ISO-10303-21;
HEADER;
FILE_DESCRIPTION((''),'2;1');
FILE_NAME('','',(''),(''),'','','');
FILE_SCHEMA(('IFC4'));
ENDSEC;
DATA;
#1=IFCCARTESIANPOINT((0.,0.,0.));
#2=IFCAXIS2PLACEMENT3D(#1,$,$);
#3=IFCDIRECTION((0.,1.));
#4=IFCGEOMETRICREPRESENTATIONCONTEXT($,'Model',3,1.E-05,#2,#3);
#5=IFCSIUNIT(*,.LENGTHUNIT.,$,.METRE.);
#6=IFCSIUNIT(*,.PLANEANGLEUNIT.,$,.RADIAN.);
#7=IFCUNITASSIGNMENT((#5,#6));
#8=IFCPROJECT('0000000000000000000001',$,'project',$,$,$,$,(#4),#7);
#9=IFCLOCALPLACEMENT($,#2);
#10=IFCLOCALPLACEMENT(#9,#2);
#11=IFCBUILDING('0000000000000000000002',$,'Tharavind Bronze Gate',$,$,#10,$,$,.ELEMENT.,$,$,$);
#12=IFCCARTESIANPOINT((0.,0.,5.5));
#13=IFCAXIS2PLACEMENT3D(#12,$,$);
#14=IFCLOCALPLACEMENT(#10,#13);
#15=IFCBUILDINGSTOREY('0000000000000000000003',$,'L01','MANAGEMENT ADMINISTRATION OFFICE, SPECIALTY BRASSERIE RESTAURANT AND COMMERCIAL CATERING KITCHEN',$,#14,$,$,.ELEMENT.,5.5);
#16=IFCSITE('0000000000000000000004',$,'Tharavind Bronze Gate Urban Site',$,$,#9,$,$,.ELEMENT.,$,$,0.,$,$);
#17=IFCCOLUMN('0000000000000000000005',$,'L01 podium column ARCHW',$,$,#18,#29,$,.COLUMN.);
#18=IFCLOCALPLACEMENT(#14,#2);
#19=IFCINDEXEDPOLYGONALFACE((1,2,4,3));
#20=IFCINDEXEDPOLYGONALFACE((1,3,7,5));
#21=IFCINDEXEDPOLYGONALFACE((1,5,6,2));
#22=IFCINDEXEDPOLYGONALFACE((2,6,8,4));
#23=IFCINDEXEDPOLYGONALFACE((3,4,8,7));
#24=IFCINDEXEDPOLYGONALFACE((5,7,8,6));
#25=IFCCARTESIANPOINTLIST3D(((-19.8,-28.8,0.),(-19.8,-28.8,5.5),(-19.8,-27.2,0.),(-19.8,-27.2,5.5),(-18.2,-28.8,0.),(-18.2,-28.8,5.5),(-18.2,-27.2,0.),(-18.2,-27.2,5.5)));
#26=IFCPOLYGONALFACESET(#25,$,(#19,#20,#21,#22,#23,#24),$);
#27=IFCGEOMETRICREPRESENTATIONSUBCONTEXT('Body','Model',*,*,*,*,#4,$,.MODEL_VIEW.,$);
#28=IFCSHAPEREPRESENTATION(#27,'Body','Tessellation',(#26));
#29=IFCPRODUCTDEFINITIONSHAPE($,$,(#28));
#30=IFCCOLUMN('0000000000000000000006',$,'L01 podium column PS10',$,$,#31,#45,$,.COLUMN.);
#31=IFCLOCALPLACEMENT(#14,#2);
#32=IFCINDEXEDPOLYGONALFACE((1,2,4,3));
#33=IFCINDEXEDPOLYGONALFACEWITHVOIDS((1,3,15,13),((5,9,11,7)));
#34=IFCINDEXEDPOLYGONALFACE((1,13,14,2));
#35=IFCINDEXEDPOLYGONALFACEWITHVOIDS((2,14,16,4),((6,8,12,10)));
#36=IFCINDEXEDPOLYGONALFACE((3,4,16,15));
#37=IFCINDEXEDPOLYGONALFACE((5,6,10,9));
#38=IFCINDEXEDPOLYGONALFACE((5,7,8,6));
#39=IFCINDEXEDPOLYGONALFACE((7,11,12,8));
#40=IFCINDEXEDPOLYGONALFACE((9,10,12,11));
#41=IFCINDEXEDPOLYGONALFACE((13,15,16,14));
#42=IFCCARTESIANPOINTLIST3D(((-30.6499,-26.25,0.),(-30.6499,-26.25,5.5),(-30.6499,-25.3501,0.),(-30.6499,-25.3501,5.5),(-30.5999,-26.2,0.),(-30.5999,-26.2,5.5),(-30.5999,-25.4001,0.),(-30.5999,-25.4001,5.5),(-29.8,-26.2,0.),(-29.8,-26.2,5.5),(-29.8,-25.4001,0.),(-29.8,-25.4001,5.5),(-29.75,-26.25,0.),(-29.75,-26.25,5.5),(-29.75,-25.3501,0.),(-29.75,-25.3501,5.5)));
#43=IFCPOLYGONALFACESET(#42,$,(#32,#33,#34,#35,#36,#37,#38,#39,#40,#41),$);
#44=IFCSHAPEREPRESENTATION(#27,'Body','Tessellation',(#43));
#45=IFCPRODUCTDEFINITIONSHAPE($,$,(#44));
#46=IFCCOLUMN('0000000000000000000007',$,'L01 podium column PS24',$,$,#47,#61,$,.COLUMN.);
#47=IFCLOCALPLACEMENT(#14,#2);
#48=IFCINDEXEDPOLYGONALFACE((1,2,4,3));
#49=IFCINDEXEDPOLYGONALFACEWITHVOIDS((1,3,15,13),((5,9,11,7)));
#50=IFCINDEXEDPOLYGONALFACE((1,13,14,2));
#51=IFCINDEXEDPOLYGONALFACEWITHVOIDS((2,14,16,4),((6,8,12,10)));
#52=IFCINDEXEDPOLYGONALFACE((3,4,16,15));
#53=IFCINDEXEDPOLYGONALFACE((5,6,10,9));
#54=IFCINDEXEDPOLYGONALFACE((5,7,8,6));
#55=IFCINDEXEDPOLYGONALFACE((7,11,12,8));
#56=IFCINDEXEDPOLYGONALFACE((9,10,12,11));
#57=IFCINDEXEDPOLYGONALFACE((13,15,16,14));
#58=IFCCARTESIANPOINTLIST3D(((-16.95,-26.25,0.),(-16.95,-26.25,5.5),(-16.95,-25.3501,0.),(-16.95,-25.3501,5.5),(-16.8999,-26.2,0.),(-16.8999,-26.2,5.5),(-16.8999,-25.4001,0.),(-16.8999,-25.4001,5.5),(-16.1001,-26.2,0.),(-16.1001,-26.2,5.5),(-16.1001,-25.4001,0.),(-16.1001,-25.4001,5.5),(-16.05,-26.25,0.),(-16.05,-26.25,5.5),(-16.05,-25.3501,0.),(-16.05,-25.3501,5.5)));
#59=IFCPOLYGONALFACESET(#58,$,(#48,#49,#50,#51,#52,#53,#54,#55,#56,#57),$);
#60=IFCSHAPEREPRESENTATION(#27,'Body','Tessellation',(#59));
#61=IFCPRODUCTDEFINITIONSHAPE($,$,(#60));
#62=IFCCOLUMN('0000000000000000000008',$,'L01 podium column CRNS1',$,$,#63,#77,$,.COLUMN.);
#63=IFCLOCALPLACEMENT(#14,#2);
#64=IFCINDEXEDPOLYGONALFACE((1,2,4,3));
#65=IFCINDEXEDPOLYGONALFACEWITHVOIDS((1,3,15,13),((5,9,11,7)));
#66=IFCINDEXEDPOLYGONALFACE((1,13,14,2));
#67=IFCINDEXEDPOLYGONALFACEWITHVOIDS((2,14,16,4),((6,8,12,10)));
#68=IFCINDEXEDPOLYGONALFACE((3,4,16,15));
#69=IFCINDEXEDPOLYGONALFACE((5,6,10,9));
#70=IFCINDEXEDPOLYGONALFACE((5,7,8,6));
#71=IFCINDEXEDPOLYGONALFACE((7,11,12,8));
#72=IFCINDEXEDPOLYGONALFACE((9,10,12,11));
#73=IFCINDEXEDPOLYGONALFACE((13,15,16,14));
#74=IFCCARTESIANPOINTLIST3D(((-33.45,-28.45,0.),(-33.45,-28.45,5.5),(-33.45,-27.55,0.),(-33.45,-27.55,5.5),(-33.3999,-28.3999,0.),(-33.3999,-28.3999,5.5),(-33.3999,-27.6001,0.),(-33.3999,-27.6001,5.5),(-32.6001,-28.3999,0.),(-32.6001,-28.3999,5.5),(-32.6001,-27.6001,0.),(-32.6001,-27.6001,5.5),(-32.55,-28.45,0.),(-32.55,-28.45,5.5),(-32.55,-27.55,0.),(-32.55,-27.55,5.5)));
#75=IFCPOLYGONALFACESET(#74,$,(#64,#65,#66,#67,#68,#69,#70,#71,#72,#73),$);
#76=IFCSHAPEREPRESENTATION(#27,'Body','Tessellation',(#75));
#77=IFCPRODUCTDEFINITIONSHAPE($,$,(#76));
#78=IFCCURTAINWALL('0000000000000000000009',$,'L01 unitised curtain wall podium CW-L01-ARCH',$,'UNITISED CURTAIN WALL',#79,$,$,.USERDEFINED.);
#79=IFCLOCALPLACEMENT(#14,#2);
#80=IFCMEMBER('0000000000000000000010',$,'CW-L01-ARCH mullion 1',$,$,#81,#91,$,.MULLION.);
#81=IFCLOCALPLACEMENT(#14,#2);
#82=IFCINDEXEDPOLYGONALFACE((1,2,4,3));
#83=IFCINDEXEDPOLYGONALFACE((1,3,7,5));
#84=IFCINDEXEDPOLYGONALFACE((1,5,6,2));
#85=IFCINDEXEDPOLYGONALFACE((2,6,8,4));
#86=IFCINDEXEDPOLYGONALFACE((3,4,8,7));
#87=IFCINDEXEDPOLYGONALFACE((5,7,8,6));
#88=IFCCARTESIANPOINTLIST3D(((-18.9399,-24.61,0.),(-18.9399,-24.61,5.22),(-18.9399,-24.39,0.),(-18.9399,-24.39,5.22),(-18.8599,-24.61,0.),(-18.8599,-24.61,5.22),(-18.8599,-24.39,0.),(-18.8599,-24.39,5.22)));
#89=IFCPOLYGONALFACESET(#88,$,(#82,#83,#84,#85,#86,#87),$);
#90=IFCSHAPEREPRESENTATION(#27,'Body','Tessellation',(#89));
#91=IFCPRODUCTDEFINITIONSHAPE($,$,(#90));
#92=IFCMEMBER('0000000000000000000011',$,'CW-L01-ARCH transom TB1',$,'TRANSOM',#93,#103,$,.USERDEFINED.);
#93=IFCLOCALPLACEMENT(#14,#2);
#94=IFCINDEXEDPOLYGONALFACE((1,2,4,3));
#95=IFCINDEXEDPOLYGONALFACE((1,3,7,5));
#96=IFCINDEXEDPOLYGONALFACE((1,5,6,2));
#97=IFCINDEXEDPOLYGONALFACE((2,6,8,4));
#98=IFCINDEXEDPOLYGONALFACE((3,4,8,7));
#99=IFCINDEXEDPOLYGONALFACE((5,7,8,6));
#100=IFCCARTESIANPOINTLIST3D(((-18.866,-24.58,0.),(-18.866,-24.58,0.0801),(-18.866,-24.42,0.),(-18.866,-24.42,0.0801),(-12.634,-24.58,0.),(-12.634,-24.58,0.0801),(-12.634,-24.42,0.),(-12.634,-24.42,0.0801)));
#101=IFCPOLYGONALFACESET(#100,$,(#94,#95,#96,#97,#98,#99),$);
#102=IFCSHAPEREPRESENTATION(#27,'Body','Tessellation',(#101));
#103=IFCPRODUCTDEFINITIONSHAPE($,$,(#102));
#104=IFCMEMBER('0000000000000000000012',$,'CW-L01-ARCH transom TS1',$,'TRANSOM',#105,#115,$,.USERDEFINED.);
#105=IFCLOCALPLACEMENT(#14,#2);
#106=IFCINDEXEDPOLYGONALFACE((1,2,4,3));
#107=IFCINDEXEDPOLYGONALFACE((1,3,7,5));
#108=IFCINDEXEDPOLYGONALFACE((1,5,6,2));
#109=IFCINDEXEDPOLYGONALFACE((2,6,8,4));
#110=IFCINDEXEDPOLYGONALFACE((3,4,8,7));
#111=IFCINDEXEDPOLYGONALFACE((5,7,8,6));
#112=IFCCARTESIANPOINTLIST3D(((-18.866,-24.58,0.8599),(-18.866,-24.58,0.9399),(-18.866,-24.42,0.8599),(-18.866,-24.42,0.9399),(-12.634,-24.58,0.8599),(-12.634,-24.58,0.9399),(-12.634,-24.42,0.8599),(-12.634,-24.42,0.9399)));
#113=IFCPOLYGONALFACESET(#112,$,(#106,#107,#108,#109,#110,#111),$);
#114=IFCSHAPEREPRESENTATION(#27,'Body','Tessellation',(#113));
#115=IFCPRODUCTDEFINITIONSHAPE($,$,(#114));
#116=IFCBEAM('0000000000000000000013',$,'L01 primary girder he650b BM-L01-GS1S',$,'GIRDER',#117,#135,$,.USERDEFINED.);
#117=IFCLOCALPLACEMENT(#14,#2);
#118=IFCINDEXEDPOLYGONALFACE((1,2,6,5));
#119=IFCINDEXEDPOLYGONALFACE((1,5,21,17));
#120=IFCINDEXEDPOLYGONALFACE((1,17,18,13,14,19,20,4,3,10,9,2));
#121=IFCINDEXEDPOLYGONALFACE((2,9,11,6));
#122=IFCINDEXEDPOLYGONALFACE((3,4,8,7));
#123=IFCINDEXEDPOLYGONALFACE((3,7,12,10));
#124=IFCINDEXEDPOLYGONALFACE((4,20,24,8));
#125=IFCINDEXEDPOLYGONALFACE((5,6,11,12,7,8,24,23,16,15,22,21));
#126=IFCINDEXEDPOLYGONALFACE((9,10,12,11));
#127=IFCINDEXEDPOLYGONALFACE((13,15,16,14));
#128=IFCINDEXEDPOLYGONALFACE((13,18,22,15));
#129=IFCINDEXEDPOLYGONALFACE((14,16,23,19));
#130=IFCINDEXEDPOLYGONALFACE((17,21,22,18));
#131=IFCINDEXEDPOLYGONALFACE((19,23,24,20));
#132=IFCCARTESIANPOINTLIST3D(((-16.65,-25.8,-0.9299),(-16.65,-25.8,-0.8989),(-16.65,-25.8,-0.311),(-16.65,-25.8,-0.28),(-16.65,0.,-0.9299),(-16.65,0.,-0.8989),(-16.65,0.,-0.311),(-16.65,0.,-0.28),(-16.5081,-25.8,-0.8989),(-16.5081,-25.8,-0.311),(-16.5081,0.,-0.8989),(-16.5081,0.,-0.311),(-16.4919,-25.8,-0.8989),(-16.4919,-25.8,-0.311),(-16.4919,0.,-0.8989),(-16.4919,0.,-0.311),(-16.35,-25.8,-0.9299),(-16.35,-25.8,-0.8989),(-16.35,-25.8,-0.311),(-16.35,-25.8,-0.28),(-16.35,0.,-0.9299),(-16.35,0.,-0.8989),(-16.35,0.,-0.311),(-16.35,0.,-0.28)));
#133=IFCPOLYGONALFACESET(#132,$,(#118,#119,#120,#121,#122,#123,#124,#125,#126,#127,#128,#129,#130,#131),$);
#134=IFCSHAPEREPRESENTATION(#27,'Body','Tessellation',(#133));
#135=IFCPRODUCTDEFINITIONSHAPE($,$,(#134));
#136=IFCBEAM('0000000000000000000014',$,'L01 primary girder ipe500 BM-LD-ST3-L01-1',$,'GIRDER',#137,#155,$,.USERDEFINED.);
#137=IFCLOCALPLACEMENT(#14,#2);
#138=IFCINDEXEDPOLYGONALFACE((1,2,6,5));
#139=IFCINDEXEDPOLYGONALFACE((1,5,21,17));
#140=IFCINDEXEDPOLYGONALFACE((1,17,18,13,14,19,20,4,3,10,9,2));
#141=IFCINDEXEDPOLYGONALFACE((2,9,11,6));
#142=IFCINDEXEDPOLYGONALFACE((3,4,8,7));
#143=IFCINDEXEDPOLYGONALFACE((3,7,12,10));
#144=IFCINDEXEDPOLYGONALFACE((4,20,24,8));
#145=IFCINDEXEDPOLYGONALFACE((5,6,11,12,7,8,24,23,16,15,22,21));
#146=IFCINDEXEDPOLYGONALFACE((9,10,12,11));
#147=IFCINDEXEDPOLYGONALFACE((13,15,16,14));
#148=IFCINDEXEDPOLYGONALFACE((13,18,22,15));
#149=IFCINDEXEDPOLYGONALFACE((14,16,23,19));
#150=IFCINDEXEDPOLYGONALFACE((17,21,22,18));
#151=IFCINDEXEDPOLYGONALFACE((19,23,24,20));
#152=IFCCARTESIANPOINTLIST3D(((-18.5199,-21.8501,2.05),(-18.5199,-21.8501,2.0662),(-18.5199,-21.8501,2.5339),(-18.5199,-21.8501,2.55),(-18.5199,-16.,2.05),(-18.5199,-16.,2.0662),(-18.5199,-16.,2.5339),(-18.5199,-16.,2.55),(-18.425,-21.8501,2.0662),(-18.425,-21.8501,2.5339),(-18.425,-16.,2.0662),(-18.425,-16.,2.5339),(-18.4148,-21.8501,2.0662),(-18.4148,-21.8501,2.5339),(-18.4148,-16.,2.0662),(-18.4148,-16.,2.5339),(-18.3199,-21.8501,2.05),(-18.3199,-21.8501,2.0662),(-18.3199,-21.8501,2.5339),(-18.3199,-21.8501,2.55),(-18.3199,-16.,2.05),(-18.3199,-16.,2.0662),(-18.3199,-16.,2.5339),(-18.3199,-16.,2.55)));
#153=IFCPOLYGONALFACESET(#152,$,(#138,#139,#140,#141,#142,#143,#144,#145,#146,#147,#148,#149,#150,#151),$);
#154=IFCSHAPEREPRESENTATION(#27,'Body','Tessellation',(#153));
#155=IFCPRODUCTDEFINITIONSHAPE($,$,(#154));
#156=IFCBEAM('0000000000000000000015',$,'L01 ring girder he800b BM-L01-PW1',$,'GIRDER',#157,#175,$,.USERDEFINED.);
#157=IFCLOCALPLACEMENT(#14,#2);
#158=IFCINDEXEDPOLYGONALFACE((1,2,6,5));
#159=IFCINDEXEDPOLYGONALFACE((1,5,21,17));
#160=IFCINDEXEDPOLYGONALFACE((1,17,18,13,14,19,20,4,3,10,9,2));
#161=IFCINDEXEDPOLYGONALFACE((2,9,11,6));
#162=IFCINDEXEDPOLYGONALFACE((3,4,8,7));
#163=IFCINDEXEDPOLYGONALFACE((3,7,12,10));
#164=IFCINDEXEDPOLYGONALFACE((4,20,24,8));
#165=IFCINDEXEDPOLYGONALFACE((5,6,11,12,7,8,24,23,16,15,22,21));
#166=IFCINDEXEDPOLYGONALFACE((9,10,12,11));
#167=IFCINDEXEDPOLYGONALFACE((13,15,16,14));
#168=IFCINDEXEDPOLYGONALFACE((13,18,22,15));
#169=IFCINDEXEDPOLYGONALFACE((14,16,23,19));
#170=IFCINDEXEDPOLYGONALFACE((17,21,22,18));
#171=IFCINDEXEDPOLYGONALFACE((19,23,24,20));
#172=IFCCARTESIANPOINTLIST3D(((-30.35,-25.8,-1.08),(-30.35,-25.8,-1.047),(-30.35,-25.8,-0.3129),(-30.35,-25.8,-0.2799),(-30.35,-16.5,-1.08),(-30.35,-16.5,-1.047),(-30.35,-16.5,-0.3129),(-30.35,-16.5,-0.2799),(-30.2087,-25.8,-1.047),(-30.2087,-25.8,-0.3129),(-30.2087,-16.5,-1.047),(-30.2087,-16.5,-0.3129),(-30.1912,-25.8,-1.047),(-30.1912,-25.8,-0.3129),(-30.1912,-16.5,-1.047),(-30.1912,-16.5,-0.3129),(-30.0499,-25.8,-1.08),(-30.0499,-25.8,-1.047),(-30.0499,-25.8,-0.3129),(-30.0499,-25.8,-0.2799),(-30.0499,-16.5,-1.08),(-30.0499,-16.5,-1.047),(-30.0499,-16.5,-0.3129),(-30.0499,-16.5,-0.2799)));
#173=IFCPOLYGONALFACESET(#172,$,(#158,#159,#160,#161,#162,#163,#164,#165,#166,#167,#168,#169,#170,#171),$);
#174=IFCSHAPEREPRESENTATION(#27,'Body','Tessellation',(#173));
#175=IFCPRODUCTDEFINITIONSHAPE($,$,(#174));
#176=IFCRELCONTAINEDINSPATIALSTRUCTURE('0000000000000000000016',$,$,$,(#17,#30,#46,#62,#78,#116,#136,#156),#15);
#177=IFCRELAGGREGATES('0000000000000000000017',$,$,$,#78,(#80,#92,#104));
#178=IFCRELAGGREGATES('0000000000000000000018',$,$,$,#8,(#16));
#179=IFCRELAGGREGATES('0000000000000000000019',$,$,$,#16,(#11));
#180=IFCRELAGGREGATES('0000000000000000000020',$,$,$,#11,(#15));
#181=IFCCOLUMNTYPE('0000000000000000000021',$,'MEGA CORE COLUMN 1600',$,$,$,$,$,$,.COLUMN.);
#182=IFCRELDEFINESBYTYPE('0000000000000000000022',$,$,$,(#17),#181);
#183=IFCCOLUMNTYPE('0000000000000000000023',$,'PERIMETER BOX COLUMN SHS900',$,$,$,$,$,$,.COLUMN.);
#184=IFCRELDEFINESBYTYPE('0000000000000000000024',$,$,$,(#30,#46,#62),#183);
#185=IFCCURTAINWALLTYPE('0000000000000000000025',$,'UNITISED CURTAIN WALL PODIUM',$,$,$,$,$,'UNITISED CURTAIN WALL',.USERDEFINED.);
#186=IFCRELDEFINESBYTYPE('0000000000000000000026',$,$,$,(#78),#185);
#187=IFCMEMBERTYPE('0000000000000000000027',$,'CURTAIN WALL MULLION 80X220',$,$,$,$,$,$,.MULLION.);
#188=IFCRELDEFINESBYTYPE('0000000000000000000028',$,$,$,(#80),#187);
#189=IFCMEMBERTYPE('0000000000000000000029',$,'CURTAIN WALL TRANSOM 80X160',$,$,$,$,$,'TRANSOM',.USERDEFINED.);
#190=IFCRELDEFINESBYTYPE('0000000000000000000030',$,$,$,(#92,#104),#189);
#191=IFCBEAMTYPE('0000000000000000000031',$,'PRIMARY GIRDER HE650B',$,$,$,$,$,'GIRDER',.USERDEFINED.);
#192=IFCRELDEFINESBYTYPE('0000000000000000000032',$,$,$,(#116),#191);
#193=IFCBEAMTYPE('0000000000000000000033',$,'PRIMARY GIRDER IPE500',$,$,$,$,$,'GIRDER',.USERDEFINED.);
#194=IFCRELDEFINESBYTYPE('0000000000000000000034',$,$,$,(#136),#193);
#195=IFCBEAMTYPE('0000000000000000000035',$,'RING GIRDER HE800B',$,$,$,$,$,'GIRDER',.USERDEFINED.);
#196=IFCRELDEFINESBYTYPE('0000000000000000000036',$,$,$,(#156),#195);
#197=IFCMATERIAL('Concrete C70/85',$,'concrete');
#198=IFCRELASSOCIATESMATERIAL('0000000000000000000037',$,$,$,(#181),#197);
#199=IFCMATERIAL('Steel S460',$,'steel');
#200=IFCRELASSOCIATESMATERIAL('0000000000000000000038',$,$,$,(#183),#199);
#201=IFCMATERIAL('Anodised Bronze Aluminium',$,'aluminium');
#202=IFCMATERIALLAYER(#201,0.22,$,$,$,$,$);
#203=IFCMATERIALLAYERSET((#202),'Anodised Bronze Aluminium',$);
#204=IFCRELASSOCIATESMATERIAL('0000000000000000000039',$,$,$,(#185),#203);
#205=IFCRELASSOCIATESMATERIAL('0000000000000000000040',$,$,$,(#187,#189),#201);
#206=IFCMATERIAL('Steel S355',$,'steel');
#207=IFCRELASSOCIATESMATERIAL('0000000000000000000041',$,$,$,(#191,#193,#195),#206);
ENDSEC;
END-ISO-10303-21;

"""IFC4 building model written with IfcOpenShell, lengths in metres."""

from ifc_helpers import new_model, si_unit, direction, frame, origin, origin_2d, place, context, subcontext, project, spatial, rectangle, hollow_rectangle, i_section, extrude, material, layer, layer_set, material_profile, profile_set, type_object, element, aggregate, save


model = new_model("IFC4")

# Units and contexts
model_context = context("Model", 3, precision=1e-05, world=origin(), true_north=direction((0.0, 1.0)))
body_context = subcontext(model_context, "Body", "Model", "MODEL_VIEW")
ifc_project = project(units=[si_unit("LENGTHUNIT", "METRE"), si_unit("PLANEANGLEUNIT", "RADIAN")], contexts=[model_context])

# Site, building, storey
site_placement = place(None, origin())
site = spatial("IfcSite", under=ifc_project, at=site_placement, Name="Tharavind Bronze Gate Urban Site", CompositionType="ELEMENT", RefElevation=0.0)
building_placement = place(site_placement, origin())
building = spatial("IfcBuilding", under=site, at=building_placement, Name="Tharavind Bronze Gate", CompositionType="ELEMENT")
storey_placement = place(building_placement, frame((0.0, 0.0, 5.5)))
storey = spatial("IfcBuildingStorey", under=building, at=storey_placement, Name="L01", Description="MANAGEMENT ADMINISTRATION OFFICE, SPECIALTY BRASSERIE RESTAURANT AND COMMERCIAL CATERING KITCHEN", CompositionType="ELEMENT", Elevation=5.5)

# Columns
ifc_material_1 = material(Name="Concrete C70/85", Category="concrete")
ifc_material_profile_1 = material_profile(ifc_material_1, rectangle(XDim=1.6001, YDim=1.6001, at=origin_2d()), Name="RCCOL1600")
ifc_profile_set_1 = profile_set([ifc_material_profile_1], Name="Concrete C70/85")
column_type_1 = type_object("IfcColumnType", Name="MEGA CORE COLUMN 1600", PredefinedType="COLUMN", material=ifc_profile_set_1)
column_placement = place(storey_placement, frame((-19.0, -28.0, 0.0), z_axis=(0.0, 0.0, 1.0), x_axis=(1.0, 0.0, 0.0)))
element("IfcColumn", 1, at=column_placement, inside=storey, type_object=column_type_1, Name="L01 podium column ARCHW", PredefinedType="COLUMN", context=body_context, shape_type="SweptSolid", body=[
    extrude(rectangle(XDim=1.6001, YDim=1.6001, at=origin_2d()), origin(), (0.0, 0.0, 1.0), 5.5),
])
ifc_material_2 = material(Name="Steel S460", Category="steel")
ifc_material_profile_2 = material_profile(ifc_material_2, hollow_rectangle(XDim=0.8999, YDim=0.8999, WallThickness=0.05, at=origin_2d()), Name="SHS900X50")
ifc_profile_set_2 = profile_set([ifc_material_profile_2], Name="Steel S460")
column_type_2 = type_object("IfcColumnType", Name="PERIMETER BOX COLUMN SHS900", PredefinedType="COLUMN", material=ifc_profile_set_2)
for number, where, z_axis, x_axis, name in (
    (2, (-30.2, -25.8, 0.0), (0.0, 0.0, 1.0), (1.0, 0.0, 0.0), "L01 podium column PS10"),
    (3, (-16.5, -25.8, 0.0), (0.0, 0.0, 1.0), (1.0, 0.0, 0.0), "L01 podium column PS24"),
    (4, (-33.0, -28.0, 0.0), (0.0, 0.0, 1.0), (1.0, 0.0, 0.0), "L01 podium column CRNS1"),
):
    element("IfcColumn", number, at=place(storey_placement, frame(where, z_axis=z_axis, x_axis=x_axis)), inside=storey, type_object=column_type_2, Name=name, PredefinedType="COLUMN", context=body_context, shape_type="SweptSolid", body=[
        extrude(hollow_rectangle(XDim=0.8999, YDim=0.8999, WallThickness=0.05, at=origin_2d()), origin(), (0.0, 0.0, 1.0), 5.5),
    ])

# Curtain wall, members
ifc_material_3 = material(Name="Anodised Bronze Aluminium", Category="aluminium")
ifc_layer_1 = layer(ifc_material_3, 0.22)
ifc_layer_set_1 = layer_set([ifc_layer_1], Name="Anodised Bronze Aluminium")
curtain_wall_type = type_object("IfcCurtainWallType", Name="UNITISED CURTAIN WALL PODIUM", ElementType="UNITISED CURTAIN WALL", PredefinedType="USERDEFINED", material=ifc_layer_set_1)
curtain_wall_placement = place(storey_placement, origin())
curtain_wall = element("IfcCurtainWall", 5, at=curtain_wall_placement, inside=storey, type_object=curtain_wall_type, Name="L01 unitised curtain wall podium CW-L01-ARCH", ObjectType="UNITISED CURTAIN WALL", PredefinedType="USERDEFINED")
member_type_1 = type_object("IfcMemberType", Name="CURTAIN WALL MULLION 80X220", PredefinedType="MULLION", material=ifc_material_3)
member_1_placement = place(storey_placement, frame((-18.8999, -24.5, 0.0), z_axis=(0.0, 0.0, 1.0), x_axis=(1.0, 0.0, 0.0)))
member_1 = element("IfcMember", 6, at=member_1_placement, type_object=member_type_1, Name="CW-L01-ARCH mullion 1", PredefinedType="MULLION", context=body_context, shape_type="SweptSolid", body=[
    extrude(rectangle(XDim=0.0801, YDim=0.22, at=origin_2d()), origin(), (0.0, 0.0, 1.0), 5.22),
])
member_type_2 = type_object("IfcMemberType", Name="CURTAIN WALL TRANSOM 80X160", ElementType="TRANSOM", PredefinedType="USERDEFINED", material=ifc_material_3)
member_2_placement = place(storey_placement, frame((-15.75, -24.5, 0.0), z_axis=(0.0, 0.0, 1.0), x_axis=(1.0, 0.0, 0.0)))
member_2 = element("IfcMember", 7, at=member_2_placement, type_object=member_type_2, Name="CW-L01-ARCH transom TB1", ObjectType="TRANSOM", PredefinedType="USERDEFINED", context=body_context, shape_type="SweptSolid", body=[
    extrude(rectangle(XDim=6.2319, YDim=0.1599, at=origin_2d()), origin(), (0.0, 0.0, 1.0), 0.0801),
])
member_3_placement = place(storey_placement, frame((-15.75, -24.5, 0.8599), z_axis=(0.0, 0.0, 1.0), x_axis=(1.0, 0.0, 0.0)))
member_3 = element("IfcMember", 8, at=member_3_placement, type_object=member_type_2, Name="CW-L01-ARCH transom TS1", ObjectType="TRANSOM", PredefinedType="USERDEFINED", context=body_context, shape_type="SweptSolid", body=[
    extrude(rectangle(XDim=6.2319, YDim=0.1599, at=origin_2d()), origin(), (0.0, 0.0, 1.0), 0.0801),
])
aggregate(curtain_wall, [member_1, member_2, member_3])

# Beams
ifc_material_4 = material(Name="Steel S355", Category="steel")
ifc_material_profile_3 = material_profile(ifc_material_4, i_section(OverallWidth=0.3, OverallDepth=0.6499, WebThickness=0.0161, FlangeThickness=0.031, at=origin_2d()), Name="HE650B")
ifc_profile_set_3 = profile_set([ifc_material_profile_3], Name="Steel S355")
beam_type_1 = type_object("IfcBeamType", Name="PRIMARY GIRDER HE650B", ElementType="GIRDER", PredefinedType="USERDEFINED", material=ifc_profile_set_3)
beam_1_placement = place(storey_placement, frame((-16.5, -25.8, -0.605), z_axis=(0.0, 1.0, 0.0), x_axis=(-1.0, 0.0, 0.0)))
element("IfcBeam", 9, at=beam_1_placement, inside=storey, type_object=beam_type_1, Name="L01 primary girder he650b BM-L01-GS1S", ObjectType="GIRDER", PredefinedType="USERDEFINED", context=body_context, shape_type="SweptSolid", body=[
    extrude(i_section(OverallWidth=0.3, OverallDepth=0.6499, WebThickness=0.0161, FlangeThickness=0.031, at=origin_2d()), origin(), (0.0, 0.0, 1.0), 25.8),
])
ifc_material_profile_4 = material_profile(ifc_material_4, i_section(OverallWidth=0.2, OverallDepth=0.5, WebThickness=0.0103, FlangeThickness=0.0161, at=origin_2d()), Name="IPE500")
ifc_profile_set_4 = profile_set([ifc_material_profile_4], Name="Steel S355")
beam_type_2 = type_object("IfcBeamType", Name="PRIMARY GIRDER IPE500", ElementType="GIRDER", PredefinedType="USERDEFINED", material=ifc_profile_set_4)
beam_2_placement = place(storey_placement, frame((-18.4199, -21.8501, 2.3), z_axis=(0.0, 1.0, 0.0), x_axis=(-1.0, 0.0, 0.0)))
element("IfcBeam", 10, at=beam_2_placement, inside=storey, type_object=beam_type_2, Name="L01 primary girder ipe500 BM-LD-ST3-L01-1", ObjectType="GIRDER", PredefinedType="USERDEFINED", context=body_context, shape_type="SweptSolid", body=[
    extrude(i_section(OverallWidth=0.2, OverallDepth=0.5, WebThickness=0.0103, FlangeThickness=0.0161, at=origin_2d()), origin(), (0.0, 0.0, 1.0), 5.8501),
])
ifc_material_profile_5 = material_profile(ifc_material_4, i_section(OverallWidth=0.3, OverallDepth=0.8, WebThickness=0.0176, FlangeThickness=0.033, at=origin_2d()), Name="HE800B")
ifc_profile_set_5 = profile_set([ifc_material_profile_5], Name="Steel S355")
beam_type_3 = type_object("IfcBeamType", Name="RING GIRDER HE800B", ElementType="GIRDER", PredefinedType="USERDEFINED", material=ifc_profile_set_5)
beam_3_placement = place(storey_placement, frame((-30.2, -25.8, -0.6799), z_axis=(0.0, 1.0, 0.0), x_axis=(-1.0, 0.0, 0.0)))
element("IfcBeam", 11, at=beam_3_placement, inside=storey, type_object=beam_type_3, Name="L01 ring girder he800b BM-L01-PW1", ObjectType="GIRDER", PredefinedType="USERDEFINED", context=body_context, shape_type="SweptSolid", body=[
    extrude(i_section(OverallWidth=0.3, OverallDepth=0.8, WebThickness=0.0176, FlangeThickness=0.033, at=origin_2d()), origin(), (0.0, 0.0, 1.0), 9.3),
])

save(model, "model.ifc")
